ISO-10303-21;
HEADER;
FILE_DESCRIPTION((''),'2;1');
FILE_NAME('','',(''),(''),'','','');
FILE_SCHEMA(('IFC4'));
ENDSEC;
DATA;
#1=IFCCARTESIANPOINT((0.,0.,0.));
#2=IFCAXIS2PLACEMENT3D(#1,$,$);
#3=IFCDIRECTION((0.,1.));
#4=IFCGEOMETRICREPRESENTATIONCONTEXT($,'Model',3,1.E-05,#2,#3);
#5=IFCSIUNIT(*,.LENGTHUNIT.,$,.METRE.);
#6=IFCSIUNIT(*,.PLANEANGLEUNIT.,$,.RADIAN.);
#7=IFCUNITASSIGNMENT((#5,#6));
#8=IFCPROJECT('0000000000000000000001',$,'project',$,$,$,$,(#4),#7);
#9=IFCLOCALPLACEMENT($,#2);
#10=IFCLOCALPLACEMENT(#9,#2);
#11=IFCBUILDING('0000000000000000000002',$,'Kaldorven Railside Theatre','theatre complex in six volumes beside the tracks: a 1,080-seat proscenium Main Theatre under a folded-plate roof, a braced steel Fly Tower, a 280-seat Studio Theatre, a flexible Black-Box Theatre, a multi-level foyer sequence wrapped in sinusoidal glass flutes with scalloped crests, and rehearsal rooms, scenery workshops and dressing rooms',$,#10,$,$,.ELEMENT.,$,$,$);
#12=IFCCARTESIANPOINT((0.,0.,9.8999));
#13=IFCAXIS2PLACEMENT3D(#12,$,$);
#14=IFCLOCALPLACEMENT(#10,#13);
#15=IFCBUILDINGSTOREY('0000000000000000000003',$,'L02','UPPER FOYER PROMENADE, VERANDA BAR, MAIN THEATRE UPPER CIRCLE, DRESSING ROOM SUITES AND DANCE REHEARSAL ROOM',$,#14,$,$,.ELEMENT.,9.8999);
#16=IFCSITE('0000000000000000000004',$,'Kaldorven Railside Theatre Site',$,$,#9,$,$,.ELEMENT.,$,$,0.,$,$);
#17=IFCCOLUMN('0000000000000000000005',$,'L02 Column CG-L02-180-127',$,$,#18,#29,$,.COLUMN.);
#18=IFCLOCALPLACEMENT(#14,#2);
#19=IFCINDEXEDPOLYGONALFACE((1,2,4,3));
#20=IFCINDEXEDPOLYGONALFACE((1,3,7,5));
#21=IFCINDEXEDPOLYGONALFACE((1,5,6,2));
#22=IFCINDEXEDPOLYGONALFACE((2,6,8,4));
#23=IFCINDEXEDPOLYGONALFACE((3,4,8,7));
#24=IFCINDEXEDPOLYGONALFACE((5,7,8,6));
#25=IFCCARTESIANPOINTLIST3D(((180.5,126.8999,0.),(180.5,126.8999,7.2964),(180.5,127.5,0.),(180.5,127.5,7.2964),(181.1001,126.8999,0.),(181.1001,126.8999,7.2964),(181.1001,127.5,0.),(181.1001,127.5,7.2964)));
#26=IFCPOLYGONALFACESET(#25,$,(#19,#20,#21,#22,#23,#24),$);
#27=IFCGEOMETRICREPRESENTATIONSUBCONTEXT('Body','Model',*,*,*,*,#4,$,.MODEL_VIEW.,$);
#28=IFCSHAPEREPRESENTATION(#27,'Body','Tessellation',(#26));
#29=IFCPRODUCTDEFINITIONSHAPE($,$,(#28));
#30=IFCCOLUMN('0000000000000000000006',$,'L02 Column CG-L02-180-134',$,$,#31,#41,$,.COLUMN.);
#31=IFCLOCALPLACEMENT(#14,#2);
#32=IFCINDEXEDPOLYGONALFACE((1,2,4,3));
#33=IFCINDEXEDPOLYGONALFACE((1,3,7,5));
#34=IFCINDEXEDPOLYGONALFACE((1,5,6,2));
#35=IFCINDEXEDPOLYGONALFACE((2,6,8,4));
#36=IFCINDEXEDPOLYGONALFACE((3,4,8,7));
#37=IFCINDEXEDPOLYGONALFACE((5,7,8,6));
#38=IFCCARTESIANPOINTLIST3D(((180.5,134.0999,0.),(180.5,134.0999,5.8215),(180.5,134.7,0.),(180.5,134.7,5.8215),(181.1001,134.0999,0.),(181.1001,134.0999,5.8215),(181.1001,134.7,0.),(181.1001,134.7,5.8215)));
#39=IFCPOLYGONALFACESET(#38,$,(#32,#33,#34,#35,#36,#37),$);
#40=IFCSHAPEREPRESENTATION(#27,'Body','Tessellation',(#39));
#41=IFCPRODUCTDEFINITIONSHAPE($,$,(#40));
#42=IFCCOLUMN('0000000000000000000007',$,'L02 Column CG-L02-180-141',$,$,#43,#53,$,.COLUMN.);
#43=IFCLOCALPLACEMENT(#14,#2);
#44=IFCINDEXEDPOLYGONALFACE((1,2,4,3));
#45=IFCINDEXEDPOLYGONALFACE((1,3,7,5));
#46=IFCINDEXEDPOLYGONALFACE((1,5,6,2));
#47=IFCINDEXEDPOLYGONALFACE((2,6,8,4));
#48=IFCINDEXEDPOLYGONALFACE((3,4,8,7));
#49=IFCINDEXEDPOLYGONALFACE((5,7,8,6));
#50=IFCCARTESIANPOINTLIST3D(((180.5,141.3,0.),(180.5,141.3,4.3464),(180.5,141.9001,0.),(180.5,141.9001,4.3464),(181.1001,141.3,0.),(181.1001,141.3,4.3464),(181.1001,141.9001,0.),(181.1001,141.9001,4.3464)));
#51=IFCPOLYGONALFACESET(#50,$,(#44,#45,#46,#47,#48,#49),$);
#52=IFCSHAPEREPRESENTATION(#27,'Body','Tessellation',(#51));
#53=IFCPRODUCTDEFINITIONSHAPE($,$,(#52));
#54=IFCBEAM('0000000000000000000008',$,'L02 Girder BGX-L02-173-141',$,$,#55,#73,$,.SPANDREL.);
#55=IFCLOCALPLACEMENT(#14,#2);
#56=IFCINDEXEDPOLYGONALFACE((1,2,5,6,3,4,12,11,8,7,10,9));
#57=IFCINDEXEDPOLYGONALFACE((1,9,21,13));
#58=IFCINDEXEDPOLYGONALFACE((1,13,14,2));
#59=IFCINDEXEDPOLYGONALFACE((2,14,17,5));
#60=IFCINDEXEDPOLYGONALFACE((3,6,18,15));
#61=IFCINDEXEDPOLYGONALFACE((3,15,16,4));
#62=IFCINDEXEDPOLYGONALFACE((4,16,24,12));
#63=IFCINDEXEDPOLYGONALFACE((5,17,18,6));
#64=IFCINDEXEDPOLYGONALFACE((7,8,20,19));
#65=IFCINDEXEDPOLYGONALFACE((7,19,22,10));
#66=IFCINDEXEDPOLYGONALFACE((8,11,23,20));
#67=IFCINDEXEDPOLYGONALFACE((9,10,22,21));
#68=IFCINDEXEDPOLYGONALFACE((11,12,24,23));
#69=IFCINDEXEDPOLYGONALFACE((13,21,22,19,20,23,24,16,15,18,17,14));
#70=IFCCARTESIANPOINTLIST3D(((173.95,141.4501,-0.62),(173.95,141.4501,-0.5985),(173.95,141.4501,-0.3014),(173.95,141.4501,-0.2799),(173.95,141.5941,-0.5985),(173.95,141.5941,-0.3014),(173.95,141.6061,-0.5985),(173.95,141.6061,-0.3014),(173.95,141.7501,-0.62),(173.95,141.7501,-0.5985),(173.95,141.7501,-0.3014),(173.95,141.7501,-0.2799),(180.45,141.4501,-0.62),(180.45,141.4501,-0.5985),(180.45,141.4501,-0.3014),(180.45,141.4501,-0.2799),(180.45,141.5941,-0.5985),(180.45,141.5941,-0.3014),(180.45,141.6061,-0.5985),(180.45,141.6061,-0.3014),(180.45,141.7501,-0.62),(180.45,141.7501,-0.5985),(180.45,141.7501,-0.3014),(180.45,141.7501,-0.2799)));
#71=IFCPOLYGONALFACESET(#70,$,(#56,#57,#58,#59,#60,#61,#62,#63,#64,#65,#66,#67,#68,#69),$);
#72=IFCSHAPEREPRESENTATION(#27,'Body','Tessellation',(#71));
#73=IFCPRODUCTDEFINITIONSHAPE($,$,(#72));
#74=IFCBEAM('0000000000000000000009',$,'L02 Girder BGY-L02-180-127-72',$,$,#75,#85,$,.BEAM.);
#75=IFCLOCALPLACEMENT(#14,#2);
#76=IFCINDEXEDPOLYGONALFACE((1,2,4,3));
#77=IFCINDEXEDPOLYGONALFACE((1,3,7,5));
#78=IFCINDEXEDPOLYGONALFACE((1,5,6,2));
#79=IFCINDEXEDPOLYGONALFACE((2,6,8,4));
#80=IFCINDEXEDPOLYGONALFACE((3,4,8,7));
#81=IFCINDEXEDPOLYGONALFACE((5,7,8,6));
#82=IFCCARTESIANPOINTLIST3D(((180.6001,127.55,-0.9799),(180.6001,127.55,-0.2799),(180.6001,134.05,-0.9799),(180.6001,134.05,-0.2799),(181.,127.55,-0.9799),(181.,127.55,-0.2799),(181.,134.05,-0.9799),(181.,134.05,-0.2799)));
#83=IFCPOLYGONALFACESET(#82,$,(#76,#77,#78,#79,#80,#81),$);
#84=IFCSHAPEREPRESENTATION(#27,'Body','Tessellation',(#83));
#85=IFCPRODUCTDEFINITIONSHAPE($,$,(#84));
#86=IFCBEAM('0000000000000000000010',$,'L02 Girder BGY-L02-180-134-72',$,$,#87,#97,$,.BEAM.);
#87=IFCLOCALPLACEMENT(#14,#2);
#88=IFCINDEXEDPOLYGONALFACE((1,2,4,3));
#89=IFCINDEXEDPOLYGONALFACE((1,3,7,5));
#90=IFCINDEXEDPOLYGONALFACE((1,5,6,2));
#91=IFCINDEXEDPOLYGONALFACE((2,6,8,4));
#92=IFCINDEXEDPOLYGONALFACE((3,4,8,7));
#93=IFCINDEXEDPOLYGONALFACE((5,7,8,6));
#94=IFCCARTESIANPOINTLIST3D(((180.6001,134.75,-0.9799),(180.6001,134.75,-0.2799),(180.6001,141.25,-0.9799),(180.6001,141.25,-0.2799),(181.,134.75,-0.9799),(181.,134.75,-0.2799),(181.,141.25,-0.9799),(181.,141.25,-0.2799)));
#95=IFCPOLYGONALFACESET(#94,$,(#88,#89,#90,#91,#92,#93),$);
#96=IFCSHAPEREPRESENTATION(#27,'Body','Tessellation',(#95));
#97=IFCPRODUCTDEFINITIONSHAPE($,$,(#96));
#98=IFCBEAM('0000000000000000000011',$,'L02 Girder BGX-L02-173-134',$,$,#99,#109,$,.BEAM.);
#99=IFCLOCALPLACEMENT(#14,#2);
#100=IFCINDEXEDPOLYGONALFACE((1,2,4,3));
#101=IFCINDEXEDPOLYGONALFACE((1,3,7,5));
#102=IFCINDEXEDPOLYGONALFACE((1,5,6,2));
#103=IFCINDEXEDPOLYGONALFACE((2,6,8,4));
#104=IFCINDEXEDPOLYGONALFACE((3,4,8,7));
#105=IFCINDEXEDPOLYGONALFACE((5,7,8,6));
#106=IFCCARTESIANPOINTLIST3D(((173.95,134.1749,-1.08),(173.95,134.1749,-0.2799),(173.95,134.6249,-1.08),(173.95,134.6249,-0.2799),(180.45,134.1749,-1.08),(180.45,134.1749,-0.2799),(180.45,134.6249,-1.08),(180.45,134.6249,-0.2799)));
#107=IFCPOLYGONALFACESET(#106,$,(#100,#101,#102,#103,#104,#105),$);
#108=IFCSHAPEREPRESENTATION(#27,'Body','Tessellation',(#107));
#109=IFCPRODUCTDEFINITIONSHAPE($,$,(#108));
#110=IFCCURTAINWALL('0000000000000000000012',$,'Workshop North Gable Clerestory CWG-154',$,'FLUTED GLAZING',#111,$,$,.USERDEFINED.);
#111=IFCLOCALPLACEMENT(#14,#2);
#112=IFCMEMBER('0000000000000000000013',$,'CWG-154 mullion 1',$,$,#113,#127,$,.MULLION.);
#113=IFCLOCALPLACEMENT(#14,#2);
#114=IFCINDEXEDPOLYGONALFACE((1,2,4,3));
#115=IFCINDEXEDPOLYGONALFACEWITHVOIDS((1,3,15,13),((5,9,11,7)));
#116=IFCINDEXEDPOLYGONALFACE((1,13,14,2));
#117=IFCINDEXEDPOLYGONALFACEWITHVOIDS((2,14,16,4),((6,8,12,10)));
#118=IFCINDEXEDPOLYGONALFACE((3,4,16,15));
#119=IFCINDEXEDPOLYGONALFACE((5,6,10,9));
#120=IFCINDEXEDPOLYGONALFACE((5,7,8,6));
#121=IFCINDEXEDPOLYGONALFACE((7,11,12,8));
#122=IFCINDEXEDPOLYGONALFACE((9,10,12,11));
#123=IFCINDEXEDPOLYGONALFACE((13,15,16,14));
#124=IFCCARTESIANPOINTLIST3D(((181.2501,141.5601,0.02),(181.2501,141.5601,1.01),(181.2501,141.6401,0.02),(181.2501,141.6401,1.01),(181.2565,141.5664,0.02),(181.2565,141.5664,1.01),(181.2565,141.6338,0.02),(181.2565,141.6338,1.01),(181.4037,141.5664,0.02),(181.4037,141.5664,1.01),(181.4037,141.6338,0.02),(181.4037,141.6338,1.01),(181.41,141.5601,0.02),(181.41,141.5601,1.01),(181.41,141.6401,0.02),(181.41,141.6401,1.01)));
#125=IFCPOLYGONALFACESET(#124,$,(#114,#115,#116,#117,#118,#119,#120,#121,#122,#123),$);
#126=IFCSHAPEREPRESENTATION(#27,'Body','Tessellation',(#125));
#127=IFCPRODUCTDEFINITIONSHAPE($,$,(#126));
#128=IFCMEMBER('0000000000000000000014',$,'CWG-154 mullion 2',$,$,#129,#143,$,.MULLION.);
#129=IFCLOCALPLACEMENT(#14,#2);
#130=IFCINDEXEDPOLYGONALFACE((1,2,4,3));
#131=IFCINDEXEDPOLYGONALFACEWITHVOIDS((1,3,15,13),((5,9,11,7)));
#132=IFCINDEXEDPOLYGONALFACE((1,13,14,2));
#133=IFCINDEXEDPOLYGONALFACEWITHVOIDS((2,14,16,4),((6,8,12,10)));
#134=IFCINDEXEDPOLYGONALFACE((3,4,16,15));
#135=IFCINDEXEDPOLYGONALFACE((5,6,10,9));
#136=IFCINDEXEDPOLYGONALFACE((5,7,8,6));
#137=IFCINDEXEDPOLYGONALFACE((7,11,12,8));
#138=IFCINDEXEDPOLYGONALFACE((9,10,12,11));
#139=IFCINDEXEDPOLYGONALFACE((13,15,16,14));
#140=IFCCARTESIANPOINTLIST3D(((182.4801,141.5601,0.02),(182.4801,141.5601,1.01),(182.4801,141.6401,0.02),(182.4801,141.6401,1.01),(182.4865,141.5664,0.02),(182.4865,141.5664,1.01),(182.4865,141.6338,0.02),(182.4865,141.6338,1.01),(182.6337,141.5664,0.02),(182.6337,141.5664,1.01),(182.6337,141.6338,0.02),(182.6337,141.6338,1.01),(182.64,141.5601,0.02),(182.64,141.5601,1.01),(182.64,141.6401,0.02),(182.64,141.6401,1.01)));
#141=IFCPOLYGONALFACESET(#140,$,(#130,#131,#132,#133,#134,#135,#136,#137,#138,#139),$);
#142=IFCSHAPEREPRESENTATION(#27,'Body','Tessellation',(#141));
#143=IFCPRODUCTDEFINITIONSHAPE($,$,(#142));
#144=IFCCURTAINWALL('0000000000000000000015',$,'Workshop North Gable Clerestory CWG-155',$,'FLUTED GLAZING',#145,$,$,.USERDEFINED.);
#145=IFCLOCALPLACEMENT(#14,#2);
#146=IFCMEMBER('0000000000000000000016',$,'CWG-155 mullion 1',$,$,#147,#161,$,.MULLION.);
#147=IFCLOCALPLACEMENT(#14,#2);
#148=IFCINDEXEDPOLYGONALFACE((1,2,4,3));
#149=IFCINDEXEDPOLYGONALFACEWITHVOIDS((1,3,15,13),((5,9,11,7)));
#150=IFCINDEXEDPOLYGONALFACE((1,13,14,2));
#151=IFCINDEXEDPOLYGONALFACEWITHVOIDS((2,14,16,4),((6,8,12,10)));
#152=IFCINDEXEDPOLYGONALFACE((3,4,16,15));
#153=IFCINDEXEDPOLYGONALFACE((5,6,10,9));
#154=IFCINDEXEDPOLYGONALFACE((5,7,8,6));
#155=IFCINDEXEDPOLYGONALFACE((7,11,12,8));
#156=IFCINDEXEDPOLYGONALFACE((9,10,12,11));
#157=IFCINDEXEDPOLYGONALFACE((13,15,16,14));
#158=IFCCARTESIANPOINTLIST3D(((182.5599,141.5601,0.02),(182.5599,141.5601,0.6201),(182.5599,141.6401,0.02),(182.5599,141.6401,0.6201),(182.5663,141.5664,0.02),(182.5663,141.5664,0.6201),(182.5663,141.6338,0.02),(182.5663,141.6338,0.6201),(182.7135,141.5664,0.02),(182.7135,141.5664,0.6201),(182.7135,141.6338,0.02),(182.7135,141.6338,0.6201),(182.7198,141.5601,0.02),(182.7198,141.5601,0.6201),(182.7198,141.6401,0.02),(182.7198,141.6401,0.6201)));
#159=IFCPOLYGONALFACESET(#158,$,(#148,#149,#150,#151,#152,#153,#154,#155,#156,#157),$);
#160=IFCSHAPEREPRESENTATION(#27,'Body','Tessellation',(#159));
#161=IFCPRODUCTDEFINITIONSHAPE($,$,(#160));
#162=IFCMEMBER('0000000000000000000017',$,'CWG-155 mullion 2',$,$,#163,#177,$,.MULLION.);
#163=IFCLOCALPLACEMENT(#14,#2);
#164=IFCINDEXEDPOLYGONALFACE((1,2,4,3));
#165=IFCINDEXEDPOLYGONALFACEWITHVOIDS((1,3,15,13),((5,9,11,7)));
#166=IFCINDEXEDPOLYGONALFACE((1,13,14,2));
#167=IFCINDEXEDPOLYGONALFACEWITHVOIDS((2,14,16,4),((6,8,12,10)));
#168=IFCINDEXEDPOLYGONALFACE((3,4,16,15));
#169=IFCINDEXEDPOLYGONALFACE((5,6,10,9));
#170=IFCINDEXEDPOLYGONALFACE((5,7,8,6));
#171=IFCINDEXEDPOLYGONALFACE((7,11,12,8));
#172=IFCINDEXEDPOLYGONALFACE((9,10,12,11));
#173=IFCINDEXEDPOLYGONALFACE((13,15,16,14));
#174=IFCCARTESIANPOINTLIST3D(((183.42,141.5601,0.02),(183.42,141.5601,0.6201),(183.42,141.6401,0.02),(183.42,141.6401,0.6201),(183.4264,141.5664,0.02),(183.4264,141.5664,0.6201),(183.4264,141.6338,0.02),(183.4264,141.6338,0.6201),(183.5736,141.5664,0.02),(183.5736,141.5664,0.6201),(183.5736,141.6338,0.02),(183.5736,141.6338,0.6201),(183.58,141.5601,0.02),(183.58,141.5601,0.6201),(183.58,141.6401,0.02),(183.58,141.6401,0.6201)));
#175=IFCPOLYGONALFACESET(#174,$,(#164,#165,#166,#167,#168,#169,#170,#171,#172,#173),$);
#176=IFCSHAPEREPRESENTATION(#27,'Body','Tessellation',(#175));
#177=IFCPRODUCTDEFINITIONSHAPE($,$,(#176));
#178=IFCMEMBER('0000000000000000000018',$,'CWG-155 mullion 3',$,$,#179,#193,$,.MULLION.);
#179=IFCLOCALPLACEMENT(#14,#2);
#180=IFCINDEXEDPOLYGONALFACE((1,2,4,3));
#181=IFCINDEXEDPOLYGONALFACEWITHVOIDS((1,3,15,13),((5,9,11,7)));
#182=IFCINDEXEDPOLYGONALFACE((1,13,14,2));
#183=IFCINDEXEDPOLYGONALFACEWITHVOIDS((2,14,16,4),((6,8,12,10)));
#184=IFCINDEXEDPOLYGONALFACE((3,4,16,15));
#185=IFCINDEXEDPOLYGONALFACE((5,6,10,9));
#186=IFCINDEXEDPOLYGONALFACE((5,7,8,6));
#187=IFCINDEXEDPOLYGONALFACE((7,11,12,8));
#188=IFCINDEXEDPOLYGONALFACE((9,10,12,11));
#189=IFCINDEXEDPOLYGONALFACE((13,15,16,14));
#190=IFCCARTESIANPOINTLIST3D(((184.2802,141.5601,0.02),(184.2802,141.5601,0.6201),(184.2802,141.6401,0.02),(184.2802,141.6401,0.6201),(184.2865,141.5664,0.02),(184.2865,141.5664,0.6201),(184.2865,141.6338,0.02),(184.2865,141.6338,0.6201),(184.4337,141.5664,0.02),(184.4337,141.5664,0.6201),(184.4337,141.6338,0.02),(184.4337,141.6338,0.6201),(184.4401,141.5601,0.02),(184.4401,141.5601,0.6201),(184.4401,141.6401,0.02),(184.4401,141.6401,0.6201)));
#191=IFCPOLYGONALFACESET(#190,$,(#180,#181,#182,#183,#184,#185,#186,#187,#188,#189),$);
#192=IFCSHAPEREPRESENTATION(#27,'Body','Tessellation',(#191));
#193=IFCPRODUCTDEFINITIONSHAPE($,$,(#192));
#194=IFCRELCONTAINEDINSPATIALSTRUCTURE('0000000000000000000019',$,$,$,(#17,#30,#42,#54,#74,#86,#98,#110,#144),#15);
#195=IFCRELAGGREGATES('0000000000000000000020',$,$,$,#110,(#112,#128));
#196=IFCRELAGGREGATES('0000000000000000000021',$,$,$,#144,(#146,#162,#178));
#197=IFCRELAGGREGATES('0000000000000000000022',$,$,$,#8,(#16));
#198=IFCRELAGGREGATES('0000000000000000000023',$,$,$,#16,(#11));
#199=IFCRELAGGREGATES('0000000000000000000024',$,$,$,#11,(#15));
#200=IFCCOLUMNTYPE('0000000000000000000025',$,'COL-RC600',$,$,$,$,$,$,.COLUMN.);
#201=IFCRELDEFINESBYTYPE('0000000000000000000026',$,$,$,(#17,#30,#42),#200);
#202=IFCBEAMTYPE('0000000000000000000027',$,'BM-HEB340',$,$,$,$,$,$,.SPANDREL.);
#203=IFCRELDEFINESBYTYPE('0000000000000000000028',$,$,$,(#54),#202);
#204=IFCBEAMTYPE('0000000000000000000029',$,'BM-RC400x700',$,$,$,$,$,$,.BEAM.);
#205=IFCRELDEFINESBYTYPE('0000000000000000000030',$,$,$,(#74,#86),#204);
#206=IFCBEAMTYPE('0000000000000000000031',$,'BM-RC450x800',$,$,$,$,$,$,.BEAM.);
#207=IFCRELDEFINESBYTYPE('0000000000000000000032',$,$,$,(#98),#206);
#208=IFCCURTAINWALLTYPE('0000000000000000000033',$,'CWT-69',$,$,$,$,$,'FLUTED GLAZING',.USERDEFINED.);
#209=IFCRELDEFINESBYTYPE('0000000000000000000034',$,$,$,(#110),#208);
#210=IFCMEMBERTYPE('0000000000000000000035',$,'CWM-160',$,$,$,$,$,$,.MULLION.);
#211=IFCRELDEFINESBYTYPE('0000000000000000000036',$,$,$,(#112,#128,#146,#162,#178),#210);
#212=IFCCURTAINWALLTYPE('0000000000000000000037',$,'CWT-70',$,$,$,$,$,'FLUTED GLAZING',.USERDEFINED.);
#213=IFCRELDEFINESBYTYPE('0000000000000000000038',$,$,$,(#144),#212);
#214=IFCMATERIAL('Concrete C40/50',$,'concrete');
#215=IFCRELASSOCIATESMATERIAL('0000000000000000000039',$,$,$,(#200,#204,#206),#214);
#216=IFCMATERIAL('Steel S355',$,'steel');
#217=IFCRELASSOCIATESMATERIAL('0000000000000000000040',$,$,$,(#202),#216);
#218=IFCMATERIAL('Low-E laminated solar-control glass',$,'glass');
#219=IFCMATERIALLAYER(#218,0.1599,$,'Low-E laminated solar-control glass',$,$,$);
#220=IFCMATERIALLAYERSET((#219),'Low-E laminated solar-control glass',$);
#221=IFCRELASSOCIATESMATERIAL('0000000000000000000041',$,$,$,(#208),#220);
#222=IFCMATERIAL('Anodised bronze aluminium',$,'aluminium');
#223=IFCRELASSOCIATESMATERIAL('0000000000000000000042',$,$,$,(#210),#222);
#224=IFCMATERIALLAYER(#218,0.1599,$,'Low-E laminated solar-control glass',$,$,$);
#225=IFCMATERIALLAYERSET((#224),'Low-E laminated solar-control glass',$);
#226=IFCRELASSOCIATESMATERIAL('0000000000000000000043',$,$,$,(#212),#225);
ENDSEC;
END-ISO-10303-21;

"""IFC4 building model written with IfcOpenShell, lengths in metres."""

from ifc_helpers import new_model, si_unit, direction, frame, origin, origin_2d, place, context, subcontext, project, spatial, rectangle, hollow_rectangle, i_section, extrude, material, layer, layer_set, material_profile, profile_set, type_object, element, aggregate, save


model = new_model("IFC4")

# Units and contexts
model_context = context("Model", 3, precision=1e-05, world=origin(), true_north=direction((0.0, 1.0)))
body_context = subcontext(model_context, "Body", "Model", "MODEL_VIEW")
ifc_project = project(units=[si_unit("LENGTHUNIT", "METRE"), si_unit("PLANEANGLEUNIT", "RADIAN")], contexts=[model_context])

# Site, building, storey
site_placement = place(None, origin())
site = spatial("IfcSite", under=ifc_project, at=site_placement, Name="Kaldorven Railside Theatre Site", CompositionType="ELEMENT", RefElevation=0.0)
building_placement = place(site_placement, origin())
building = spatial("IfcBuilding", under=site, at=building_placement, Name="Kaldorven Railside Theatre", Description="theatre complex in six volumes beside the tracks: a 1,080-seat proscenium Main Theatre under a folded-plate roof, a braced steel Fly Tower, a 280-seat Studio Theatre, a flexible Black-Box Theatre, a multi-level foyer sequence wrapped in sinusoidal glass flutes with scalloped crests, and rehearsal rooms, scenery workshops and dressing rooms", CompositionType="ELEMENT")
storey_placement = place(building_placement, frame((0.0, 0.0, 9.8999)))
storey = spatial("IfcBuildingStorey", under=building, at=storey_placement, Name="L02", Description="UPPER FOYER PROMENADE, VERANDA BAR, MAIN THEATRE UPPER CIRCLE, DRESSING ROOM SUITES AND DANCE REHEARSAL ROOM", CompositionType="ELEMENT", Elevation=9.8999)

# Columns
ifc_material_1 = material(Name="Concrete C40/50", Category="concrete")
ifc_material_profile_1 = material_profile(ifc_material_1, rectangle(XDim=0.6001, YDim=0.6001, at=origin_2d()), Name="RC 600x600")
ifc_profile_set_1 = profile_set([ifc_material_profile_1], Name="Concrete C40/50")
column_type = type_object("IfcColumnType", Name="COL-RC600", PredefinedType="COLUMN", material=ifc_profile_set_1)
column_1_placement = place(storey_placement, frame((180.8, 127.2, 0.0), z_axis=(0.0, 0.0, 1.0), x_axis=(1.0, 0.0, 0.0)))
element("IfcColumn", 1, at=column_1_placement, inside=storey, type_object=column_type, Name="L02 Column CG-L02-180-127", PredefinedType="COLUMN", context=body_context, shape_type="SweptSolid", body=[
    extrude(rectangle(XDim=0.6001, YDim=0.6001, at=origin_2d()), origin(), (0.0, 0.0, 1.0), 7.2964),
])
column_2_placement = place(storey_placement, frame((180.8, 134.3999, 0.0), z_axis=(0.0, 0.0, 1.0), x_axis=(0.0, 1.0, 0.0)))
element("IfcColumn", 2, at=column_2_placement, inside=storey, type_object=column_type, Name="L02 Column CG-L02-180-134", PredefinedType="COLUMN", context=body_context, shape_type="SweptSolid", body=[
    extrude(rectangle(XDim=0.6001, YDim=0.6001, at=origin_2d()), origin(), (0.0, 0.0, 1.0), 5.8215),
])
column_3_placement = place(storey_placement, frame((180.8, 141.6001, 0.0), z_axis=(0.0, 0.0, 1.0), x_axis=(1.0, 0.0, 0.0)))
element("IfcColumn", 3, at=column_3_placement, inside=storey, type_object=column_type, Name="L02 Column CG-L02-180-141", PredefinedType="COLUMN", context=body_context, shape_type="SweptSolid", body=[
    extrude(rectangle(XDim=0.6001, YDim=0.6001, at=origin_2d()), origin(), (0.0, 0.0, 1.0), 4.3464),
])

# Beams
ifc_material_2 = material(Name="Steel S355", Category="steel")
ifc_material_profile_2 = material_profile(ifc_material_2, i_section(OverallWidth=0.3, OverallDepth=0.3401, WebThickness=0.012, FlangeThickness=0.0215, at=origin_2d()), Name="HEB 340")
ifc_profile_set_2 = profile_set([ifc_material_profile_2], Name="Steel S355")
beam_type_1 = type_object("IfcBeamType", Name="BM-HEB340", PredefinedType="SPANDREL", material=ifc_profile_set_2)
beam_1_placement = place(storey_placement, frame((173.95, 141.6001, -0.45), z_axis=(1.0, 0.0, 0.0), x_axis=(0.0, 1.0, 0.0)))
element("IfcBeam", 4, at=beam_1_placement, inside=storey, type_object=beam_type_1, Name="L02 Girder BGX-L02-173-141", PredefinedType="SPANDREL", context=body_context, shape_type="SweptSolid", body=[
    extrude(i_section(OverallWidth=0.3, OverallDepth=0.3401, WebThickness=0.012, FlangeThickness=0.0215, at=origin_2d()), origin(), (0.0, 0.0, 1.0), 6.5),
])
ifc_material_profile_3 = material_profile(ifc_material_1, rectangle(XDim=0.3999, YDim=0.7, at=origin_2d()), Name="RC 400x700")
ifc_profile_set_3 = profile_set([ifc_material_profile_3], Name="Concrete C40/50")
beam_type_2 = type_object("IfcBeamType", Name="BM-RC400x700", PredefinedType="BEAM", material=ifc_profile_set_3)
for number, where, z_axis, x_axis, name in (
    (5, (180.8, 127.55, -0.6299), (0.0, 1.0, 0.0), (-1.0, 0.0, 0.0), "L02 Girder BGY-L02-180-127-72"),
    (6, (180.8, 134.75, -0.6299), (0.0, 1.0, 0.0), (-1.0, 0.0, 0.0), "L02 Girder BGY-L02-180-134-72"),
):
    element("IfcBeam", number, at=place(storey_placement, frame(where, z_axis=z_axis, x_axis=x_axis)), inside=storey, type_object=beam_type_2, Name=name, PredefinedType="BEAM", context=body_context, shape_type="SweptSolid", body=[
        extrude(rectangle(XDim=0.3999, YDim=0.7, at=origin_2d()), origin(), (0.0, 0.0, 1.0), 6.5),
    ])
ifc_material_profile_4 = material_profile(ifc_material_1, rectangle(XDim=0.45, YDim=0.8, at=origin_2d()), Name="RC 450x800")
ifc_profile_set_4 = profile_set([ifc_material_profile_4], Name="Concrete C40/50")
beam_type_3 = type_object("IfcBeamType", Name="BM-RC450x800", PredefinedType="BEAM", material=ifc_profile_set_4)
beam_2_placement = place(storey_placement, frame((173.95, 134.3999, -0.6799), z_axis=(1.0, 0.0, 0.0), x_axis=(0.0, 1.0, 0.0)))
element("IfcBeam", 7, at=beam_2_placement, inside=storey, type_object=beam_type_3, Name="L02 Girder BGX-L02-173-134", PredefinedType="BEAM", context=body_context, shape_type="SweptSolid", body=[
    extrude(rectangle(XDim=0.45, YDim=0.8, at=origin_2d()), origin(), (0.0, 0.0, 1.0), 6.5),
])

# Curtain walls, members
ifc_material_3 = material(Name="Low-E laminated solar-control glass", Category="glass")
ifc_layer_1 = layer(ifc_material_3, 0.1599, Name="Low-E laminated solar-control glass")
ifc_layer_set_1 = layer_set([ifc_layer_1], Name="Low-E laminated solar-control glass")
curtain_wall_type_1 = type_object("IfcCurtainWallType", Name="CWT-69", ElementType="FLUTED GLAZING", PredefinedType="USERDEFINED", material=ifc_layer_set_1)
curtain_wall_1_placement = place(storey_placement, origin())
curtain_wall_1 = element("IfcCurtainWall", 8, at=curtain_wall_1_placement, inside=storey, type_object=curtain_wall_type_1, Name="Workshop North Gable Clerestory CWG-154", ObjectType="FLUTED GLAZING", PredefinedType="USERDEFINED")
ifc_material_4 = material(Name="Anodised bronze aluminium", Category="aluminium")
ifc_material_profile_5 = material_profile(ifc_material_4, hollow_rectangle(XDim=0.0801, YDim=0.1599, WallThickness=0.0063, at=origin_2d()), Name="RHS 160x80x6.3")
ifc_profile_set_5 = profile_set([ifc_material_profile_5], Name="Anodised bronze aluminium")
member_type_1 = type_object("IfcMemberType", Name="CWM-160", PredefinedType="MULLION", material=ifc_profile_set_5)
member_1_placement = place(storey_placement, frame((181.3301, 141.6001, 0.02), z_axis=(0.0, 0.0, 1.0), x_axis=(0.0, 1.0, 0.0)))
member_1 = element("IfcMember", 9, at=member_1_placement, type_object=member_type_1, Name="CWG-154 mullion 1", PredefinedType="MULLION", context=body_context, shape_type="SweptSolid", body=[
    extrude(hollow_rectangle(XDim=0.0801, YDim=0.1599, WallThickness=0.0063, at=origin_2d()), origin(), (0.0, 0.0, 1.0), 0.99),
])
member_2_placement = place(storey_placement, frame((182.5601, 141.6001, 0.02), z_axis=(0.0, 0.0, 1.0), x_axis=(0.0, 1.0, 0.0)))
member_2 = element("IfcMember", 10, at=member_2_placement, type_object=member_type_1, Name="CWG-154 mullion 2", PredefinedType="MULLION", context=body_context, shape_type="SweptSolid", body=[
    extrude(hollow_rectangle(XDim=0.0801, YDim=0.1599, WallThickness=0.0063, at=origin_2d()), origin(), (0.0, 0.0, 1.0), 0.99),
])
ifc_layer_2 = layer(ifc_material_3, 0.1599, Name="Low-E laminated solar-control glass")
ifc_layer_set_2 = layer_set([ifc_layer_2], Name="Low-E laminated solar-control glass")
curtain_wall_type_2 = type_object("IfcCurtainWallType", Name="CWT-70", ElementType="FLUTED GLAZING", PredefinedType="USERDEFINED", material=ifc_layer_set_2)
curtain_wall_2_placement = place(storey_placement, origin())
curtain_wall_2 = element("IfcCurtainWall", 11, at=curtain_wall_2_placement, inside=storey, type_object=curtain_wall_type_2, Name="Workshop North Gable Clerestory CWG-155", ObjectType="FLUTED GLAZING", PredefinedType="USERDEFINED")
member_3_placement = place(storey_placement, frame((182.6399, 141.6001, 0.02), z_axis=(0.0, 0.0, 1.0), x_axis=(0.0, 1.0, 0.0)))
member_3 = element("IfcMember", 12, at=member_3_placement, type_object=member_type_1, Name="CWG-155 mullion 1", PredefinedType="MULLION", context=body_context, shape_type="SweptSolid", body=[
    extrude(hollow_rectangle(XDim=0.0801, YDim=0.1599, WallThickness=0.0063, at=origin_2d()), origin(), (0.0, 0.0, 1.0), 0.6001),
])
member_4_placement = place(storey_placement, frame((183.5, 141.6001, 0.02), z_axis=(0.0, 0.0, 1.0), x_axis=(0.0, 1.0, 0.0)))
member_4 = element("IfcMember", 13, at=member_4_placement, type_object=member_type_1, Name="CWG-155 mullion 2", PredefinedType="MULLION", context=body_context, shape_type="SweptSolid", body=[
    extrude(hollow_rectangle(XDim=0.0801, YDim=0.1599, WallThickness=0.0063, at=origin_2d()), origin(), (0.0, 0.0, 1.0), 0.6001),
])
member_5_placement = place(storey_placement, frame((184.3601, 141.6001, 0.02), z_axis=(0.0, 0.0, 1.0), x_axis=(0.0, 1.0, 0.0)))
member_5 = element("IfcMember", 14, at=member_5_placement, type_object=member_type_1, Name="CWG-155 mullion 3", PredefinedType="MULLION", context=body_context, shape_type="SweptSolid", body=[
    extrude(hollow_rectangle(XDim=0.0801, YDim=0.1599, WallThickness=0.0063, at=origin_2d()), origin(), (0.0, 0.0, 1.0), 0.6001),
])

aggregate(curtain_wall_1, [member_1, member_2])
aggregate(curtain_wall_2, [member_3, member_4, member_5])

save(model, "model.ifc")
